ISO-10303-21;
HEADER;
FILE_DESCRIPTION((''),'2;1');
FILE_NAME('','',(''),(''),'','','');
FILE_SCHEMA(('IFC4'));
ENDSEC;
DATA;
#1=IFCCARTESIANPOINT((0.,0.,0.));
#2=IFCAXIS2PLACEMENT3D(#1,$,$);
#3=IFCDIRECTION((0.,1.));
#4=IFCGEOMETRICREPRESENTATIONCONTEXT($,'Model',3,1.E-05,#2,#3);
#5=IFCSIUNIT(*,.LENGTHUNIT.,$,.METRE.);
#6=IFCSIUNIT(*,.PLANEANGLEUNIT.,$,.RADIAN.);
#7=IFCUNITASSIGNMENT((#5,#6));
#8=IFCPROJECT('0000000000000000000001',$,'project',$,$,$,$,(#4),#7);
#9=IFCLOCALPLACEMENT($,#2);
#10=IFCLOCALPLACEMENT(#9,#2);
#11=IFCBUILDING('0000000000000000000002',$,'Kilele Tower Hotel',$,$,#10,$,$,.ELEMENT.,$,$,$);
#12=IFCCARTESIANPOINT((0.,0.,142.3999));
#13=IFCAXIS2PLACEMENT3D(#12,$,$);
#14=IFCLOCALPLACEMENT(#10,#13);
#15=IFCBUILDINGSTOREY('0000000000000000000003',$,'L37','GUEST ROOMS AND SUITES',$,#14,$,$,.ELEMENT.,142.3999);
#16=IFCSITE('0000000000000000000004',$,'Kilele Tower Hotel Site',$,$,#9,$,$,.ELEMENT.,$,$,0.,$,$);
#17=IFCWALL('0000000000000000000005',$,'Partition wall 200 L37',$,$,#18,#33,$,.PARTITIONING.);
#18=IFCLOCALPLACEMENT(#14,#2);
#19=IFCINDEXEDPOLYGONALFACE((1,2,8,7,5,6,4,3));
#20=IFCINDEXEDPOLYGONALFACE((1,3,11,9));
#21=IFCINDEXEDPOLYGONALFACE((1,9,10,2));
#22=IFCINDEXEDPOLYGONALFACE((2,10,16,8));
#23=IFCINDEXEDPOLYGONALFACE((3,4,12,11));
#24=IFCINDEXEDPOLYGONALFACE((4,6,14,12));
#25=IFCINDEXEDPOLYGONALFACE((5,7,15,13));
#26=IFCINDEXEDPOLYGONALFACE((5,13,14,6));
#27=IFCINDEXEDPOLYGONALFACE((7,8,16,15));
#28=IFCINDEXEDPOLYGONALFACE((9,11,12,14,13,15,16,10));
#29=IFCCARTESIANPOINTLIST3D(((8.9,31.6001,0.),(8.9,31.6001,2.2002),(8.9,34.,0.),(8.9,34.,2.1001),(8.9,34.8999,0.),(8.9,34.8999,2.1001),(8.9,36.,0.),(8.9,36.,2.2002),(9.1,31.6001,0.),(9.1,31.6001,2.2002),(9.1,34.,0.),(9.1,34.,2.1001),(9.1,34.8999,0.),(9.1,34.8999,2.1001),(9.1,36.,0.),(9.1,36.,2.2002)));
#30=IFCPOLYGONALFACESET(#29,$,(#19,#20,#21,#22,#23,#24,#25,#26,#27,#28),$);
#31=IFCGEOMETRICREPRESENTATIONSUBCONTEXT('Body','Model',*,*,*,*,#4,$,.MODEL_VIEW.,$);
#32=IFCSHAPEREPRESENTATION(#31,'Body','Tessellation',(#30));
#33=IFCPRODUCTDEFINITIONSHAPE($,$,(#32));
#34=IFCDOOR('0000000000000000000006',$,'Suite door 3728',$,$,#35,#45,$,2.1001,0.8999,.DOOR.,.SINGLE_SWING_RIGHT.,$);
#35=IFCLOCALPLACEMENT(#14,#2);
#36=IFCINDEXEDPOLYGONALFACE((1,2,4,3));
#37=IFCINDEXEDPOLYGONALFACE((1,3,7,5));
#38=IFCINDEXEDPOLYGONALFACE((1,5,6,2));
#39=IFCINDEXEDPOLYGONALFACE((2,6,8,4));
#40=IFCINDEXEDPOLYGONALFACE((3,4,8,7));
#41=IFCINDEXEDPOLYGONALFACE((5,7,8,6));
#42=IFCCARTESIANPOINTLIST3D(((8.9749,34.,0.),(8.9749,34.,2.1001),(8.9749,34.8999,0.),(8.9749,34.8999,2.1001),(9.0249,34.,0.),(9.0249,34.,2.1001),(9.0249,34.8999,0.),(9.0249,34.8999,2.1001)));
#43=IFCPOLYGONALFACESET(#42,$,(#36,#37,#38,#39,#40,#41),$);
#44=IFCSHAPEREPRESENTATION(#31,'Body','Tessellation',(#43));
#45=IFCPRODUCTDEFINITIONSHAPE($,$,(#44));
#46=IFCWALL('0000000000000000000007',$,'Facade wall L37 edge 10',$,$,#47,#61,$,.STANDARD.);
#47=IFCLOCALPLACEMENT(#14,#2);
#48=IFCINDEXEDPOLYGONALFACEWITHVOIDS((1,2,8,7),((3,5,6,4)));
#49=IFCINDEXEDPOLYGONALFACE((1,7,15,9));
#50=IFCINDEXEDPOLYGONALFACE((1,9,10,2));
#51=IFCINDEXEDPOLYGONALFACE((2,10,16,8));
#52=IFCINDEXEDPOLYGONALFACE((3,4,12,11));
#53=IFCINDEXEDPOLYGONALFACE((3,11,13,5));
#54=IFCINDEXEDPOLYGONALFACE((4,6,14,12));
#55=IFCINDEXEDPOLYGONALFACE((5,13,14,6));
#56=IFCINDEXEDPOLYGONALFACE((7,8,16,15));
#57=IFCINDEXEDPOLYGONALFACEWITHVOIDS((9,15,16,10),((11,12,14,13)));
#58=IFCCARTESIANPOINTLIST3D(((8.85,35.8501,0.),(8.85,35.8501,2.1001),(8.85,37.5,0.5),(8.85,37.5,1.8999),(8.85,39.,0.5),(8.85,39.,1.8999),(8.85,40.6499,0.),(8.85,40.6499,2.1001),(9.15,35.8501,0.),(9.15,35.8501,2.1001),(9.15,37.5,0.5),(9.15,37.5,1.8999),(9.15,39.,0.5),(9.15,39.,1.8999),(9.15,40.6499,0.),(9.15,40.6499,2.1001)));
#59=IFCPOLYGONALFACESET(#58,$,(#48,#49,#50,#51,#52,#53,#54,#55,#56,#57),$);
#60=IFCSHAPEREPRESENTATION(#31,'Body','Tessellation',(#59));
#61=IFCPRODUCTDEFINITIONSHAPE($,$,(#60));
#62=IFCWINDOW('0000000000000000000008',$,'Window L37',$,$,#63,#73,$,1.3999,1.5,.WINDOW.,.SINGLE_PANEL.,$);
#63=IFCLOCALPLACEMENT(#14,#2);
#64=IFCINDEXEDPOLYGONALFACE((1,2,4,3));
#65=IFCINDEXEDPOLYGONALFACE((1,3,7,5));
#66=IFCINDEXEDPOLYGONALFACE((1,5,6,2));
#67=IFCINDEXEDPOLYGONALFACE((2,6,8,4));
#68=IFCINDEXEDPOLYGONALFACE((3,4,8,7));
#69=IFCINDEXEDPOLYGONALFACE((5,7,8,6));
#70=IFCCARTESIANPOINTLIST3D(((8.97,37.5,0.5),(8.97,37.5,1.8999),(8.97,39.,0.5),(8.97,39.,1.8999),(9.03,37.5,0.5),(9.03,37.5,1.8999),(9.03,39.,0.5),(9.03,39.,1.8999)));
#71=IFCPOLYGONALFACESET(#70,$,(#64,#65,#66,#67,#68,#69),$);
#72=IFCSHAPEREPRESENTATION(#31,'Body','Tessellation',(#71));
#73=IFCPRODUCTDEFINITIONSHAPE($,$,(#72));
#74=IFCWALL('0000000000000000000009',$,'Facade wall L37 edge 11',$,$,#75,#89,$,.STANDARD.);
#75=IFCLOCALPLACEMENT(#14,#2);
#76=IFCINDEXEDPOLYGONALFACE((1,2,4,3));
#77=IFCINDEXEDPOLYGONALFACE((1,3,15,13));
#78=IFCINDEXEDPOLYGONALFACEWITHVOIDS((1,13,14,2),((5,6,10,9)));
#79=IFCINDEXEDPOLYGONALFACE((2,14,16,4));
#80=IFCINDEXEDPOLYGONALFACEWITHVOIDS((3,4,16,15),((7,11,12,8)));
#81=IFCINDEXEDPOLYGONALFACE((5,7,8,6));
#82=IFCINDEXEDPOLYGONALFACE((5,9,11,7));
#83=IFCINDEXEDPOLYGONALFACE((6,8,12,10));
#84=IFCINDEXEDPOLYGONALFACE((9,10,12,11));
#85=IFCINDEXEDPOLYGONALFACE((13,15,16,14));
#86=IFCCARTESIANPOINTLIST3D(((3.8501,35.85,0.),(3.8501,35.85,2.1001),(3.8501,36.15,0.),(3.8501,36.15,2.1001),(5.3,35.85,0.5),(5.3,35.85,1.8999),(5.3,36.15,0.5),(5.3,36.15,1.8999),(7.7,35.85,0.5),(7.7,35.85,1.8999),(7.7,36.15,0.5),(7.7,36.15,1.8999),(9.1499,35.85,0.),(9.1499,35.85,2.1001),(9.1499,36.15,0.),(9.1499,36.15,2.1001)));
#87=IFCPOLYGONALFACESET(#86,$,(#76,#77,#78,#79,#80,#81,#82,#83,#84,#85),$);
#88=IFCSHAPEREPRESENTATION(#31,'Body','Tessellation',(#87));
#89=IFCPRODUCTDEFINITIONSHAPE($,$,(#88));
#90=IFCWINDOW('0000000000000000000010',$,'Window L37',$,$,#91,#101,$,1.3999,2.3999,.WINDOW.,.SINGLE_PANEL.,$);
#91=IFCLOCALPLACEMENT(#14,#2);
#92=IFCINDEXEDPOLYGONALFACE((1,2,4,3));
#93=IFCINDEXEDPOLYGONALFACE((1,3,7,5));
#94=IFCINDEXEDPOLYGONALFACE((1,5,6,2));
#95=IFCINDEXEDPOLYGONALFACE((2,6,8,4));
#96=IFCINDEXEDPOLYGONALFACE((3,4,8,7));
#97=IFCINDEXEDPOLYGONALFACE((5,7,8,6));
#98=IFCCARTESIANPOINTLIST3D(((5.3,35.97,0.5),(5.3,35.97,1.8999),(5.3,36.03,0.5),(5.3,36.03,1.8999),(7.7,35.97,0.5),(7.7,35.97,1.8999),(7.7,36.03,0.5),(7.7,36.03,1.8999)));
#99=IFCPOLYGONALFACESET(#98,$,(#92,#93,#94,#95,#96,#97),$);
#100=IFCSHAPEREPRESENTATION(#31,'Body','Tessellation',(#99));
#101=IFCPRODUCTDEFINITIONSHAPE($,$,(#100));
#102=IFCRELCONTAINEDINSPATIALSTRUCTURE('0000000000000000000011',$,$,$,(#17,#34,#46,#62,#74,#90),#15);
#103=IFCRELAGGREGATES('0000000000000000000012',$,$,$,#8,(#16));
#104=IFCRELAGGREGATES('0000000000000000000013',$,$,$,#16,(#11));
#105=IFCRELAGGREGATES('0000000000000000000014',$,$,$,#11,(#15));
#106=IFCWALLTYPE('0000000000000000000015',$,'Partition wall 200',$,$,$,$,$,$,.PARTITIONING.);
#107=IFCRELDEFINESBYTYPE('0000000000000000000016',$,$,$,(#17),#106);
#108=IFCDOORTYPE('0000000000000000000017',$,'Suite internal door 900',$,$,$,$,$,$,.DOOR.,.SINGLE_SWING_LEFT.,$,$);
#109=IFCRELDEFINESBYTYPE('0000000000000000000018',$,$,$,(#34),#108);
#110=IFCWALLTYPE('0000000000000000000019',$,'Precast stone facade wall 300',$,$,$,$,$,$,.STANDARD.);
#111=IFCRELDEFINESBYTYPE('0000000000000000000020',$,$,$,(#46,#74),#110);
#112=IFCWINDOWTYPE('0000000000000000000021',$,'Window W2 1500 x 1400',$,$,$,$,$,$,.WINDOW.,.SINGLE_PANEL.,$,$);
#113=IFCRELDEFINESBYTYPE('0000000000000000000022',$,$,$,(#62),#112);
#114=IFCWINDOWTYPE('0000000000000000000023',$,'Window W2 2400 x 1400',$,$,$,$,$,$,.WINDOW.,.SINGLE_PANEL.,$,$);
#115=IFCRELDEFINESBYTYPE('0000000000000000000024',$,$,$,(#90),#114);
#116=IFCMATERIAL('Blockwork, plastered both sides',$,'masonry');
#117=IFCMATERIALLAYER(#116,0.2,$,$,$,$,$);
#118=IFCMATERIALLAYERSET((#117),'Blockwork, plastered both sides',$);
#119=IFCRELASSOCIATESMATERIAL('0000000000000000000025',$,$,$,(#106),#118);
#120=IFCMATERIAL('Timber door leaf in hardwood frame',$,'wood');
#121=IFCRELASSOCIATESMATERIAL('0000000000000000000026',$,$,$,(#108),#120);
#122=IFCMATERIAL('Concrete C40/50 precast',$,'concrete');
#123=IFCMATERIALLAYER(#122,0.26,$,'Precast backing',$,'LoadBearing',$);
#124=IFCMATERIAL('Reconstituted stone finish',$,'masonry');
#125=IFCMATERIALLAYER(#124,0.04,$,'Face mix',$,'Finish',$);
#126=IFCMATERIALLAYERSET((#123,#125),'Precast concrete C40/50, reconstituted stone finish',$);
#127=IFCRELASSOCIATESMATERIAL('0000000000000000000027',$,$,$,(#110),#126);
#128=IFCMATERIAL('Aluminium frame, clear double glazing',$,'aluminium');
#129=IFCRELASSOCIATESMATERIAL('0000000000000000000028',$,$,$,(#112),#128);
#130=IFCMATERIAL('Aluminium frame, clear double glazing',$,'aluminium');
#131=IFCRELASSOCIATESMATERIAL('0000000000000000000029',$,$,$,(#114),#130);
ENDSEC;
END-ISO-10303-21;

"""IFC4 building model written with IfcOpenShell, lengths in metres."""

from ifc_helpers import new_model, si_unit, direction, frame, frame_2d, origin, place, context, subcontext, project, spatial, rectangle, extrude, material, layer, layer_set, type_object, element, fill, save


model = new_model("IFC4")

# Units and contexts
model_context = context("Model", 3, precision=1e-05, world=origin(), true_north=direction((0.0, 1.0)))
body_context = subcontext(model_context, "Body", "Model", "MODEL_VIEW")
ifc_project = project(units=[si_unit("LENGTHUNIT", "METRE"), si_unit("PLANEANGLEUNIT", "RADIAN")], contexts=[model_context])

# Site, building, storey
site_placement = place(None, origin())
site = spatial("IfcSite", under=ifc_project, at=site_placement, Name="Kilele Tower Hotel Site", CompositionType="ELEMENT", RefElevation=0.0)
building_placement = place(site_placement, origin())
building = spatial("IfcBuilding", under=site, at=building_placement, Name="Kilele Tower Hotel", CompositionType="ELEMENT")
storey_placement = place(building_placement, frame((0.0, 0.0, 142.3999)))
storey = spatial("IfcBuildingStorey", under=building, at=storey_placement, Name="L37", Description="GUEST ROOMS AND SUITES", CompositionType="ELEMENT", Elevation=142.3999)

# Wall, opening, door
ifc_material_1 = material(Name="Blockwork, plastered both sides", Category="masonry")
ifc_layer_1 = layer(ifc_material_1, 0.2)
ifc_layer_set_1 = layer_set([ifc_layer_1], Name="Blockwork, plastered both sides")
wall_type_1 = type_object("IfcWallType", Name="Partition wall 200", PredefinedType="PARTITIONING", material=ifc_layer_set_1)
wall_1_placement = place(storey_placement, frame((9.0, 31.6001, 0.0), z_axis=(0.0, 0.0, 1.0), x_axis=(0.0, 1.0, 0.0)))
wall_1 = element("IfcWall", 1, at=wall_1_placement, inside=storey, type_object=wall_type_1, Name="Partition wall 200 L37", PredefinedType="PARTITIONING", context=body_context, shape_type="SweptSolid", body=[
    extrude(rectangle(XDim=4.3999, YDim=0.2, at=frame_2d((2.2, 0.0))), origin(), (0.0, 0.0, 1.0), 2.2002),
])
opening_1_placement = place(wall_1_placement, frame((3.2998, 0.0, 0.0), z_axis=(0.0, 0.0, 1.0), x_axis=(-1.0, 0.0, 0.0)))
opening_1 = element("IfcOpeningElement", 2, at=opening_1_placement, cuts=wall_1, PredefinedType="OPENING", context=body_context, shape_type="SweptSolid", body=[
    extrude(rectangle(XDim=0.8999, YDim=2.1001, at=frame_2d((0.45, 1.05))), frame((0.0, 0.1099, 0.0), z_axis=(0.0, -1.0, 0.0), x_axis=(1.0, 0.0, 0.0)), (0.0, 0.0, 1.0), 0.22),
])
ifc_material_2 = material(Name="Timber door leaf in hardwood frame", Category="wood")
door_type_1 = type_object("IfcDoorType", Name="Suite internal door 900", OperationType="SINGLE_SWING_LEFT", PredefinedType="DOOR", material=ifc_material_2)
door_1_placement = place(opening_1_placement, origin())
door_1 = element("IfcDoor", 3, at=door_1_placement, inside=storey, type_object=door_type_1, Name="Suite door 3728", OperationType="SINGLE_SWING_RIGHT", OverallHeight=2.1001, OverallWidth=0.8999, PredefinedType="DOOR", context=body_context, shape_type="SweptSolid", body=[
    extrude(rectangle(XDim=0.8999, YDim=2.1001, at=frame_2d((0.45, 1.05))), frame((0.0, 0.0249, 0.0), z_axis=(0.0, -1.0, 0.0), x_axis=(1.0, 0.0, 0.0)), (0.0, 0.0, 1.0), 0.05),
])
fill(opening_1, door_1)

# Walls, openings, windows
ifc_material_3 = material(Name="Concrete C40/50 precast", Category="concrete")
ifc_layer_2 = layer(ifc_material_3, 0.26, Name="Precast backing", Category="LoadBearing")
ifc_material_4 = material(Name="Reconstituted stone finish", Category="masonry")
ifc_layer_3 = layer(ifc_material_4, 0.04, Name="Face mix", Category="Finish")
ifc_layer_set_2 = layer_set([ifc_layer_2, ifc_layer_3], Name="Precast concrete C40/50, reconstituted stone finish")
wall_type_2 = type_object("IfcWallType", Name="Precast stone facade wall 300", PredefinedType="STANDARD", material=ifc_layer_set_2)
wall_2_placement = place(storey_placement, frame((9.0, 40.6499, 0.0), z_axis=(0.0, 0.0, 1.0), x_axis=(0.0, -1.0, 0.0)))
wall_2 = element("IfcWall", 4, at=wall_2_placement, inside=storey, type_object=wall_type_2, Name="Facade wall L37 edge 10", PredefinedType="STANDARD", context=body_context, shape_type="SweptSolid", body=[
    extrude(rectangle(XDim=4.7998, YDim=0.3, at=frame_2d((2.3999, 0.0))), origin(), (0.0, 0.0, 1.0), 2.1001),
])
opening_2_placement = place(wall_2_placement, frame((1.6499, 0.0, 0.5)))
opening_2 = element("IfcOpeningElement", 5, at=opening_2_placement, cuts=wall_2, PredefinedType="OPENING", context=body_context, shape_type="SweptSolid", body=[
    extrude(rectangle(XDim=1.5, YDim=1.3999, at=frame_2d((0.75, 0.7))), frame((0.0, 0.1599, 0.0), z_axis=(0.0, -1.0, 0.0), x_axis=(1.0, 0.0, 0.0)), (0.0, 0.0, 1.0), 0.3201),
])
ifc_material_5 = material(Name="Aluminium frame, clear double glazing", Category="aluminium")
window_type_1 = type_object("IfcWindowType", Name="Window W2 1500 x 1400", PartitioningType="SINGLE_PANEL", PredefinedType="WINDOW", material=ifc_material_5)
window_1_placement = place(opening_2_placement, origin())
window_1 = element("IfcWindow", 6, at=window_1_placement, inside=storey, type_object=window_type_1, Name="Window L37", OverallHeight=1.3999, OverallWidth=1.5, PartitioningType="SINGLE_PANEL", PredefinedType="WINDOW", context=body_context, shape_type="SweptSolid", body=[
    extrude(rectangle(XDim=1.5, YDim=1.3999, at=frame_2d((0.75, 0.7))), frame((0.0, 0.03, 0.0), z_axis=(0.0, -1.0, 0.0), x_axis=(1.0, 0.0, 0.0)), (0.0, 0.0, 1.0), 0.0601),
])
fill(opening_2, window_1)
wall_3_placement = place(storey_placement, frame((9.1499, 36.0, 0.0), z_axis=(0.0, 0.0, 1.0), x_axis=(-1.0, 0.0, 0.0)))
wall_3 = element("IfcWall", 7, at=wall_3_placement, inside=storey, type_object=wall_type_2, Name="Facade wall L37 edge 11", PredefinedType="STANDARD", context=body_context, shape_type="SweptSolid", body=[
    extrude(rectangle(XDim=5.2998, YDim=0.3, at=frame_2d((2.6499, 0.0))), origin(), (0.0, 0.0, 1.0), 2.1001),
])
opening_3_placement = place(wall_3_placement, frame((1.45, 0.0, 0.5)))
opening_3 = element("IfcOpeningElement", 8, at=opening_3_placement, cuts=wall_3, PredefinedType="OPENING", context=body_context, shape_type="SweptSolid", body=[
    extrude(rectangle(XDim=2.3999, YDim=1.3999, at=frame_2d((1.2, 0.7))), frame((0.0, 0.1599, 0.0), z_axis=(0.0, -1.0, 0.0), x_axis=(1.0, 0.0, 0.0)), (0.0, 0.0, 1.0), 0.3201),
])
ifc_material_6 = material(Name="Aluminium frame, clear double glazing", Category="aluminium")
window_type_2 = type_object("IfcWindowType", Name="Window W2 2400 x 1400", PartitioningType="SINGLE_PANEL", PredefinedType="WINDOW", material=ifc_material_6)
window_2_placement = place(opening_3_placement, origin())
window_2 = element("IfcWindow", 9, at=window_2_placement, inside=storey, type_object=window_type_2, Name="Window L37", OverallHeight=1.3999, OverallWidth=2.3999, PartitioningType="SINGLE_PANEL", PredefinedType="WINDOW", context=body_context, shape_type="SweptSolid", body=[
    extrude(rectangle(XDim=2.3999, YDim=1.3999, at=frame_2d((1.2, 0.7))), frame((0.0, 0.03, 0.0), z_axis=(0.0, -1.0, 0.0), x_axis=(1.0, 0.0, 0.0)), (0.0, 0.0, 1.0), 0.0601),
])
fill(opening_3, window_2)

save(model, "model.ifc")
